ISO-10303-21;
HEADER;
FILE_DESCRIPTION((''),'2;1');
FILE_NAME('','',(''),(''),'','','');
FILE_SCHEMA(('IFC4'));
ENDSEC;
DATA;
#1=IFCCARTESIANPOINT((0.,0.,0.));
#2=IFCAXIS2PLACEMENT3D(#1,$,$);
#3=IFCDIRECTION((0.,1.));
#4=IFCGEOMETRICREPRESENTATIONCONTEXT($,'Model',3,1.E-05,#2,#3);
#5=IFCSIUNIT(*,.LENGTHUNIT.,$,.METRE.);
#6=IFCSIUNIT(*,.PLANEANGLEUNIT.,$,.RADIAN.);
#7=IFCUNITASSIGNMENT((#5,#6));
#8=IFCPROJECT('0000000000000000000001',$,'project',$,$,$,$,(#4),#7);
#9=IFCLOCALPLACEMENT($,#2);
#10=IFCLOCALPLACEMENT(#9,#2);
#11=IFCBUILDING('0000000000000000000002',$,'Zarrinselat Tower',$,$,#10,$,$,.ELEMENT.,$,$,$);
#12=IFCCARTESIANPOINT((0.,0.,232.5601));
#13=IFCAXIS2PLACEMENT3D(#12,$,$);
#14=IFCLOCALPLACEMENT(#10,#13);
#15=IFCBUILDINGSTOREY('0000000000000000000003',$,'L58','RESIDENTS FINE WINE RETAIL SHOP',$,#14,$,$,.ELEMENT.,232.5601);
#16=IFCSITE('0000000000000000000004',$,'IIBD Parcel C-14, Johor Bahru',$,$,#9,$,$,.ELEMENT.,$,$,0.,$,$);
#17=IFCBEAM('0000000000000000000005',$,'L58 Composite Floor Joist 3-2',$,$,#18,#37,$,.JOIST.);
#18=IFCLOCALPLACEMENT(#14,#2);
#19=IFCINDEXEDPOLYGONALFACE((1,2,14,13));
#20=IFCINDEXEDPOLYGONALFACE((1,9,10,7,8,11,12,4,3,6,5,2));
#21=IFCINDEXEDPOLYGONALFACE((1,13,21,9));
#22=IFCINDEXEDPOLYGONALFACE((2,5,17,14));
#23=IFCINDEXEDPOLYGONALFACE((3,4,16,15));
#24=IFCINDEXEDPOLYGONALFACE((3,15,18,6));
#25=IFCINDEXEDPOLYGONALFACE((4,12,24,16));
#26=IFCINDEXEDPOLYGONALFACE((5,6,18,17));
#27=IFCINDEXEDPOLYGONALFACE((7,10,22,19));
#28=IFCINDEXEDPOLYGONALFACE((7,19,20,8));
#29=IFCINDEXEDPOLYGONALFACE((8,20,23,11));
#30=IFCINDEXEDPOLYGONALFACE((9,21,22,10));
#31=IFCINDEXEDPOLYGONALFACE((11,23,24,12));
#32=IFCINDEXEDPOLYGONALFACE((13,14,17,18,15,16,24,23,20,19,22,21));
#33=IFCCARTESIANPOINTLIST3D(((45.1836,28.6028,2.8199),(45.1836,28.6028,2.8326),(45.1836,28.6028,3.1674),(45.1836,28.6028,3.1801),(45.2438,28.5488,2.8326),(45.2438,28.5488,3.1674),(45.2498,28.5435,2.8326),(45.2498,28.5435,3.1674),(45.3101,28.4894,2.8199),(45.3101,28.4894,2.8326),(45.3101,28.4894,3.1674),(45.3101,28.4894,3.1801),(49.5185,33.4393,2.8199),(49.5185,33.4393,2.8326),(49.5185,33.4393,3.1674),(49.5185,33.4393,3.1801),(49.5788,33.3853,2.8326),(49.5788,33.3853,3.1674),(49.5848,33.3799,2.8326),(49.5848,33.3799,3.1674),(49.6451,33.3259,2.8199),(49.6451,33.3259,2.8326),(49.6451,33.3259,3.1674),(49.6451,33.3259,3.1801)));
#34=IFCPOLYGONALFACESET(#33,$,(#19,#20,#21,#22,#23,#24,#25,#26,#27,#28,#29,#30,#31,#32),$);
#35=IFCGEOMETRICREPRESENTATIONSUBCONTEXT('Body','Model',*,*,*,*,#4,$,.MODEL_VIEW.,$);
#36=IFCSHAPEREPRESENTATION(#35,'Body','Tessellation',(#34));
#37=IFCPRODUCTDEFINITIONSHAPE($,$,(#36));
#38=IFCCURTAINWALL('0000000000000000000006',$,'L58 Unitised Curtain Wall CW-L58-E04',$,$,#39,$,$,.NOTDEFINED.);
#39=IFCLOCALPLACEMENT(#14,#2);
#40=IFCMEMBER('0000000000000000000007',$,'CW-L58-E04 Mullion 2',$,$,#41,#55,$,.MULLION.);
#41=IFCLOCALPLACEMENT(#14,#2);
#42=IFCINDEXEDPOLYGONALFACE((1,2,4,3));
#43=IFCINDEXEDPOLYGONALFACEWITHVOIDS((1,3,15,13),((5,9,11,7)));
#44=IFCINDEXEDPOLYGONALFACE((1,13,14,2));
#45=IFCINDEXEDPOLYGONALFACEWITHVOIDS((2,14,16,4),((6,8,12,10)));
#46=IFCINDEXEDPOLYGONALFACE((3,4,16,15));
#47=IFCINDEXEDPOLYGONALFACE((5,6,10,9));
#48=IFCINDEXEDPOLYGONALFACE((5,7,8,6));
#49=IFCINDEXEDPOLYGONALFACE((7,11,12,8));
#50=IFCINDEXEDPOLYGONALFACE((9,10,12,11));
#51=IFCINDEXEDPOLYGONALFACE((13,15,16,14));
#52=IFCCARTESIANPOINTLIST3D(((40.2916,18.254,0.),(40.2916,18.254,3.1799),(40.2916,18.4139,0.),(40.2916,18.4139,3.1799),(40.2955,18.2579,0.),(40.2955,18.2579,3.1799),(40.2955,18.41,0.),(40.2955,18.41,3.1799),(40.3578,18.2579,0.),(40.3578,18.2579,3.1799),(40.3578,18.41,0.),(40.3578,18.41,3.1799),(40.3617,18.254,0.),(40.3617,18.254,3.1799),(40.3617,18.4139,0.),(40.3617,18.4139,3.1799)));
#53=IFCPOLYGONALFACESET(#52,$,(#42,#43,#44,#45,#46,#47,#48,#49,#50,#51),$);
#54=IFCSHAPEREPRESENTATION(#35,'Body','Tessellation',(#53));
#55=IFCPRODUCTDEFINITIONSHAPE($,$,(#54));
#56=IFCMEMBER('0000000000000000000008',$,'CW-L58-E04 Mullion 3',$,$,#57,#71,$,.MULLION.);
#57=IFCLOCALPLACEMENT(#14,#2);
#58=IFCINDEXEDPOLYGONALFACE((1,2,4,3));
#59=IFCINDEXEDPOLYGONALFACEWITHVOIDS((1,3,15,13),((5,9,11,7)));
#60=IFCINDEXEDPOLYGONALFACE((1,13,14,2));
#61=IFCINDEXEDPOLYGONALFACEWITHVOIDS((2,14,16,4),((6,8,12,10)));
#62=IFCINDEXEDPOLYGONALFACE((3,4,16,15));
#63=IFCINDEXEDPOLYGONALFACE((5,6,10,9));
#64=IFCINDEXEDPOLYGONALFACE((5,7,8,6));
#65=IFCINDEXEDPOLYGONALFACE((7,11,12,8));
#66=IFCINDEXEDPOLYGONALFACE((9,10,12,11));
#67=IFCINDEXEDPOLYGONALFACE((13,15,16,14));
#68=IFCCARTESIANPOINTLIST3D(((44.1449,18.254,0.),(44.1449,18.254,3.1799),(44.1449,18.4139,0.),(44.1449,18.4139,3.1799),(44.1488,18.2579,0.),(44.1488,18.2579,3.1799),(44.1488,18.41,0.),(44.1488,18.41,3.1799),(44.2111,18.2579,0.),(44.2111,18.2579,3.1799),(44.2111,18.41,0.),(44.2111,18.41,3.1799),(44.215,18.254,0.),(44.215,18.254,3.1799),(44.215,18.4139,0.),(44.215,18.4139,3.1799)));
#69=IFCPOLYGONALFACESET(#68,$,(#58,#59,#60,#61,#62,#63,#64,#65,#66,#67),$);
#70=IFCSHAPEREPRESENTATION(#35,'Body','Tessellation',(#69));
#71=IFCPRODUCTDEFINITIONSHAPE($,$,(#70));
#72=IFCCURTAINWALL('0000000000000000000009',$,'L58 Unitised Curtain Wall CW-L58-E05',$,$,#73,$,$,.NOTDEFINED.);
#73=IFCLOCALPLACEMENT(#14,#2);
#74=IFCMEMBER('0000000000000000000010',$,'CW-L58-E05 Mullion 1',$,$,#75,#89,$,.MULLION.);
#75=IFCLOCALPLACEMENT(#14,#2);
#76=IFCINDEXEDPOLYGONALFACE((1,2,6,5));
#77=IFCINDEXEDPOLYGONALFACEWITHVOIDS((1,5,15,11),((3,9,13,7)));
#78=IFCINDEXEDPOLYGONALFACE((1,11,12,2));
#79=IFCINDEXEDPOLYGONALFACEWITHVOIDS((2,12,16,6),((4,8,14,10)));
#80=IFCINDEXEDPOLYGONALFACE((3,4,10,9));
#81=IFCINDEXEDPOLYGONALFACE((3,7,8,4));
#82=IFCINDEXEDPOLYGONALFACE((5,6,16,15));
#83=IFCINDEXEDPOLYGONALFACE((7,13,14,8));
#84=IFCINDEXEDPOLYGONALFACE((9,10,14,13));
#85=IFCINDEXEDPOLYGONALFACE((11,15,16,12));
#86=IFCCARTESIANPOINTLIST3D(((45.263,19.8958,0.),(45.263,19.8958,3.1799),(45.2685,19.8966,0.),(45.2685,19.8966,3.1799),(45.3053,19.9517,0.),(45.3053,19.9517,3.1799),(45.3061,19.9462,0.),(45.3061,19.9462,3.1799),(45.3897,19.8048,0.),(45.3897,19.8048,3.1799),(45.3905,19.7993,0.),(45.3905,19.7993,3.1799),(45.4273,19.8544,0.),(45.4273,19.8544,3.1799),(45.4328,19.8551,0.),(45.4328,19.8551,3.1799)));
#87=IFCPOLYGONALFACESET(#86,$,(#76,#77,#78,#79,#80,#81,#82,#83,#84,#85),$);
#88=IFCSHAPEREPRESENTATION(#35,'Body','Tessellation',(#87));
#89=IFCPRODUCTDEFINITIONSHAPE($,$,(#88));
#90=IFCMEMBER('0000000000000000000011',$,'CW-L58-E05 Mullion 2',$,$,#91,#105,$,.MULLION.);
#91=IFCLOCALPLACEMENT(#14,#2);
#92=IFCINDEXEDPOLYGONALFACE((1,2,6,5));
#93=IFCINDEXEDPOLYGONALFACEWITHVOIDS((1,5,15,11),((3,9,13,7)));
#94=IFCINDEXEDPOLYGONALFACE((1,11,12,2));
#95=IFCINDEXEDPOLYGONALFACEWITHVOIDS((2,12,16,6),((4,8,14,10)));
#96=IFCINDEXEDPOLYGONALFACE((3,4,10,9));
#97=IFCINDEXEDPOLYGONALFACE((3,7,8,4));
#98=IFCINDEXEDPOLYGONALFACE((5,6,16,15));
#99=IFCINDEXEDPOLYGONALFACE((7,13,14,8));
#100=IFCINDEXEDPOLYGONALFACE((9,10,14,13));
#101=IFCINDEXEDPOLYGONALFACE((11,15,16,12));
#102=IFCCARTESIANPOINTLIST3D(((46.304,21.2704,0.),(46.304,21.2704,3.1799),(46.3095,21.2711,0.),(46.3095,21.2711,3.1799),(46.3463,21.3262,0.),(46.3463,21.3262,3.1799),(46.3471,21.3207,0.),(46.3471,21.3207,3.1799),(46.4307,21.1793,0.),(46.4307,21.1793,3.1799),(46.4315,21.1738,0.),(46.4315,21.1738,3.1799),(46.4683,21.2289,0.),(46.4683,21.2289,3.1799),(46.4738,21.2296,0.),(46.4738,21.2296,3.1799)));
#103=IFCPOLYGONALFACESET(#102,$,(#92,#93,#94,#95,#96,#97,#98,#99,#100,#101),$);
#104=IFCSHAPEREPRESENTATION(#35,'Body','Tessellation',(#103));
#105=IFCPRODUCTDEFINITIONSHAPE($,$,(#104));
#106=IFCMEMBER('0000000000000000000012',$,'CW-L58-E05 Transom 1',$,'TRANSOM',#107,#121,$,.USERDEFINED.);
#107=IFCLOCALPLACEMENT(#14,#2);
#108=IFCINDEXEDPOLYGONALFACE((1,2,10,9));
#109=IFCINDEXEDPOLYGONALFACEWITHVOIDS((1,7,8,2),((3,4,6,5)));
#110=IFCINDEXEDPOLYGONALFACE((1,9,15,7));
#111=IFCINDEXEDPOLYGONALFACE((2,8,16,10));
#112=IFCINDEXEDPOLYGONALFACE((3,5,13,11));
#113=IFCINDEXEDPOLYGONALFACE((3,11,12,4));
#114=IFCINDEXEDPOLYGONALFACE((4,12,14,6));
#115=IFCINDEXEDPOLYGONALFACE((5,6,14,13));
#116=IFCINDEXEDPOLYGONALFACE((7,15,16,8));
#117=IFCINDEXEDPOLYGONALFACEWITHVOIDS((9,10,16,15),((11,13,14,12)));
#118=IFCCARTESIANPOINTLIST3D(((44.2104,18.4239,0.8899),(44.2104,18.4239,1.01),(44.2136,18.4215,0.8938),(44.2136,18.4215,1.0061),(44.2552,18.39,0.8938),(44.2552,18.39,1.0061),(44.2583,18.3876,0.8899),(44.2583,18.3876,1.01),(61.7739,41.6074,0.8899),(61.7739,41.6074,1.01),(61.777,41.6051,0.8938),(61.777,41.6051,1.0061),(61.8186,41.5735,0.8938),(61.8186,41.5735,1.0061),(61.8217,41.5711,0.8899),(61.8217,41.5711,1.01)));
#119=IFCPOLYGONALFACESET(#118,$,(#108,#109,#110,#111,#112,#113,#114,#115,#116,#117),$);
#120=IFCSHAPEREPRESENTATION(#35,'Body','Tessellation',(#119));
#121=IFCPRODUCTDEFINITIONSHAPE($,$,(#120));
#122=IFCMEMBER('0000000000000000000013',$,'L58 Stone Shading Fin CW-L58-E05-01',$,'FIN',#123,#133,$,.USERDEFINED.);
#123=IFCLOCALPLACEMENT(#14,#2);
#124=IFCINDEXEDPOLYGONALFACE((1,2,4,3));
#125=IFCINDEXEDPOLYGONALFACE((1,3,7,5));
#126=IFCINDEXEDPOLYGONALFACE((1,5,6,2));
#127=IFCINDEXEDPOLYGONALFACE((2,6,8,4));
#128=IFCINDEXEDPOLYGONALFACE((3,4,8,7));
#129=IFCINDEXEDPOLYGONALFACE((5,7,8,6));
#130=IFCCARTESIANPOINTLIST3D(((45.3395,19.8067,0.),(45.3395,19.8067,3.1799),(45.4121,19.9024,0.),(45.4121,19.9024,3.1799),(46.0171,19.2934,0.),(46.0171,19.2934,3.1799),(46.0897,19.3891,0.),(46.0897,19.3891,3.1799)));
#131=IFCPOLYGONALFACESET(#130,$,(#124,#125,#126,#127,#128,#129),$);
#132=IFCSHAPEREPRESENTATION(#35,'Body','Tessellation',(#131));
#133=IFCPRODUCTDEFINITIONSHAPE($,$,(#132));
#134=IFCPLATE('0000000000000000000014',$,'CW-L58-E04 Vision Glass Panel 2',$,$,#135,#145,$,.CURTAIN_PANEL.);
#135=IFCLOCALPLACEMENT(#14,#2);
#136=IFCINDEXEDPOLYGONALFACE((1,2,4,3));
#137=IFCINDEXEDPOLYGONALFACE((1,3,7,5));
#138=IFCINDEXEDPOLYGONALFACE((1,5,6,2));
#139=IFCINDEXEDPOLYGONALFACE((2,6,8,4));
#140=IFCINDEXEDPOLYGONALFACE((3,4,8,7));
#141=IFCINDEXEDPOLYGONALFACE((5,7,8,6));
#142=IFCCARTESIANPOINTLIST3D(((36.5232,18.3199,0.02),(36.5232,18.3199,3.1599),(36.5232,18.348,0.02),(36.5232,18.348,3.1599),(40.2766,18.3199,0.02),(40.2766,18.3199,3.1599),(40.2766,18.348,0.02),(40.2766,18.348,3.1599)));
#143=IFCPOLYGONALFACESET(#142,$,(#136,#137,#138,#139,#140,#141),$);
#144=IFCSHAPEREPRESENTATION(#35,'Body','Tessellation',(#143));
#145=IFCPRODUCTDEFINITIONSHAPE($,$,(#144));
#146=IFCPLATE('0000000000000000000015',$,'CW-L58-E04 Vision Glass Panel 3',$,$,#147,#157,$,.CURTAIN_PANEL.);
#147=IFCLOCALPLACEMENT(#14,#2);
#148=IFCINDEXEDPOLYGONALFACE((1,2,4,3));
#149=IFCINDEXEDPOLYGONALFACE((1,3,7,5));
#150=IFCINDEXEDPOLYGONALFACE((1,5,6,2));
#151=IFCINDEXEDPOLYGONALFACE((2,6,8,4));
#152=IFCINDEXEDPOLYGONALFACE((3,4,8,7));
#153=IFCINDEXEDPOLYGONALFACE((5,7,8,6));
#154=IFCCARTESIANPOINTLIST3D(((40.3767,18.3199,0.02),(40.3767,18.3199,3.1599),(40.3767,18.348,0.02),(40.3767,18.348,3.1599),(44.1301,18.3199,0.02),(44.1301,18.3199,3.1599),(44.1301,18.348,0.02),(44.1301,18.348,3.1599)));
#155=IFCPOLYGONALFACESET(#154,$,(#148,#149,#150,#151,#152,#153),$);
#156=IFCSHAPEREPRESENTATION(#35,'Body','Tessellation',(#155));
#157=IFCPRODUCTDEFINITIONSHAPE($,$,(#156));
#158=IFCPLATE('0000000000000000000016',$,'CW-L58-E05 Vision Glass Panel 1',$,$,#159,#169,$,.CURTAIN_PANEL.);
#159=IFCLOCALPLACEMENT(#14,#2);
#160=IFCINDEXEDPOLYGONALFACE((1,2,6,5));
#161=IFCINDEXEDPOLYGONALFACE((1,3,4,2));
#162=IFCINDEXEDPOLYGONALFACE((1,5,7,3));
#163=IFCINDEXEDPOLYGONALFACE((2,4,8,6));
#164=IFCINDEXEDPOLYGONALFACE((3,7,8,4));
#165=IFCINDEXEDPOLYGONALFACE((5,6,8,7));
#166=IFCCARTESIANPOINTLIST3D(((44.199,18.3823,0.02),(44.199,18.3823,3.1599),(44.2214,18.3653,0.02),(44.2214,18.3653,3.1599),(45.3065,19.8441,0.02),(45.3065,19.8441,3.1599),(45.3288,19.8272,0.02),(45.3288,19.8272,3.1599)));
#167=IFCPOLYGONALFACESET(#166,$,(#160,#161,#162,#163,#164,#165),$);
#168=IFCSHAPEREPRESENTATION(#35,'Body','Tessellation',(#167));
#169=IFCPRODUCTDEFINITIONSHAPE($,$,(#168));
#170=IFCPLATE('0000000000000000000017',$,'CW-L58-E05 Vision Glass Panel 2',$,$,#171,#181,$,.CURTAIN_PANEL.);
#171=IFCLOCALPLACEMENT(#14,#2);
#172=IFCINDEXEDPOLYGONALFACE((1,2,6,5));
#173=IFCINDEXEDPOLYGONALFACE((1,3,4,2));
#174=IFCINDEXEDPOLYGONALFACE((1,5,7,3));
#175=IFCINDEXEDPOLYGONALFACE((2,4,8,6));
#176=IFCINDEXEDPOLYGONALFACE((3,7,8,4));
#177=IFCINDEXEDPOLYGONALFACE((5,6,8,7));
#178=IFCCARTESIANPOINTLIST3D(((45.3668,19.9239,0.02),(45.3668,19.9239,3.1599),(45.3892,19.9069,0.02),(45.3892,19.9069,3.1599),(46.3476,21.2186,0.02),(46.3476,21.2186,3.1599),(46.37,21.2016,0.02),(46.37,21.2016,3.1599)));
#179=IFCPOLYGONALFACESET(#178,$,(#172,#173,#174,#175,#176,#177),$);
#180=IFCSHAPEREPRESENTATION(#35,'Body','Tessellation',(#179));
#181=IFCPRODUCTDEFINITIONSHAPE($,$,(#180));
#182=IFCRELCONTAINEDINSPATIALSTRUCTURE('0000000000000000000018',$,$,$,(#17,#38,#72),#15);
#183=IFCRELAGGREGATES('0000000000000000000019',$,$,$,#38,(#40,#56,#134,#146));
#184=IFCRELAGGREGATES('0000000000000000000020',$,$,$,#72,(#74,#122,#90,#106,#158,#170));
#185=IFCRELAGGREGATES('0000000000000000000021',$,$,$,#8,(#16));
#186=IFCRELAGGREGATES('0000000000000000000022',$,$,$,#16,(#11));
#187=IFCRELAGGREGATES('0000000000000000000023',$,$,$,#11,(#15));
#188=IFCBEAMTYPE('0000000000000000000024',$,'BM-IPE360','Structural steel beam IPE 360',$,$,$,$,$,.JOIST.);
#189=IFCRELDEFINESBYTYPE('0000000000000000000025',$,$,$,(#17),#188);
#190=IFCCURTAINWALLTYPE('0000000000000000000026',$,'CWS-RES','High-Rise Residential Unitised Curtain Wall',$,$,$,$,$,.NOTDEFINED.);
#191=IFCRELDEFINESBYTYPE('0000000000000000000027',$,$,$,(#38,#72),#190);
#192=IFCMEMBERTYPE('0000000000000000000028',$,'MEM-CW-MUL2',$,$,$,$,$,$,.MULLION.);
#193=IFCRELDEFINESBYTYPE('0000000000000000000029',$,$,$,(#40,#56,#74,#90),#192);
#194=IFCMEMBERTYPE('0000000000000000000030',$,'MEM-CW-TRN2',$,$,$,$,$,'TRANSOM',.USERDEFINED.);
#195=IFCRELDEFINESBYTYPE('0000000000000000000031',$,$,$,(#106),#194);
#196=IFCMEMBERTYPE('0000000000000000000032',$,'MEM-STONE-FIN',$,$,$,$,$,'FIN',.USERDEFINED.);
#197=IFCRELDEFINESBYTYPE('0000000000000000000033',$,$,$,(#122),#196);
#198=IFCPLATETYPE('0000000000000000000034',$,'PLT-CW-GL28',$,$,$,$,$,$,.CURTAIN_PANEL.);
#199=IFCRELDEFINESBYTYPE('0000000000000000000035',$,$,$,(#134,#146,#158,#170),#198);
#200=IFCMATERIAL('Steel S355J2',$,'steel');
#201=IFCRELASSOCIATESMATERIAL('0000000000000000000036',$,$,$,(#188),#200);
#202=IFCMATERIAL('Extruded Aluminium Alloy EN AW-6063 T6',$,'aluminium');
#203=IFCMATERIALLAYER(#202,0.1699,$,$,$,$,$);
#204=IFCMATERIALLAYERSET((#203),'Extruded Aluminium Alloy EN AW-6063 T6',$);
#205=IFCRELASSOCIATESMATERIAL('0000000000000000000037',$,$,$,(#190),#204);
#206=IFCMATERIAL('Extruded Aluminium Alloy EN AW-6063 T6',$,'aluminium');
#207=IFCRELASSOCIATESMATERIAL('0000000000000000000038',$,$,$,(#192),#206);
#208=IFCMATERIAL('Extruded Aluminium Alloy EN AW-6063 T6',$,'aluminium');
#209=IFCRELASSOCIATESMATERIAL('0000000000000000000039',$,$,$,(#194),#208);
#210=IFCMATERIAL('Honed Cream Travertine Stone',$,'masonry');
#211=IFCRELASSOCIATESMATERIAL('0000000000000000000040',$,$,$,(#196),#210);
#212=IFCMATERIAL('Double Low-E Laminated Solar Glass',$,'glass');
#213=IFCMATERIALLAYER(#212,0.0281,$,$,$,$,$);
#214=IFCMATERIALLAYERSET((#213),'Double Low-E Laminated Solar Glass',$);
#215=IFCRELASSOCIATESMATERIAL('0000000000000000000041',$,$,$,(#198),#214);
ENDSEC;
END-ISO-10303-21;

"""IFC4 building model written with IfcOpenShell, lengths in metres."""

from ifc_helpers import new_model, si_unit, direction, frame, origin, origin_2d, place, context, subcontext, project, spatial, rectangle, hollow_rectangle, i_section, extrude, material, layer, layer_set, material_profile, profile_set, type_object, element, aggregate, save


model = new_model("IFC4")

# Units and contexts
model_context = context("Model", 3, precision=1e-05, world=origin(), true_north=direction((0.0, 1.0)))
body_context = subcontext(model_context, "Body", "Model", "MODEL_VIEW")
ifc_project = project(units=[si_unit("LENGTHUNIT", "METRE"), si_unit("PLANEANGLEUNIT", "RADIAN")], contexts=[model_context])

# Site, building, storey
site_placement = place(None, origin())
site = spatial("IfcSite", under=ifc_project, at=site_placement, Name="IIBD Parcel C-14, Johor Bahru", CompositionType="ELEMENT", RefElevation=0.0)
building_placement = place(site_placement, origin())
building = spatial("IfcBuilding", under=site, at=building_placement, Name="Zarrinselat Tower", CompositionType="ELEMENT")
storey_placement = place(building_placement, frame((0.0, 0.0, 232.5601)))
storey = spatial("IfcBuildingStorey", under=building, at=storey_placement, Name="L58", Description="RESIDENTS FINE WINE RETAIL SHOP", CompositionType="ELEMENT", Elevation=232.5601)

# Beam
ifc_material_1 = material(Name="Steel S355J2", Category="steel")
ifc_material_profile_1 = material_profile(ifc_material_1, i_section(OverallWidth=0.1699, OverallDepth=0.3601, WebThickness=0.0081, FlangeThickness=0.0127, at=origin_2d()), Name="IPE 360")
ifc_profile_set_1 = profile_set([ifc_material_profile_1], Name="Steel S355J2")
beam_type_1 = type_object("IfcBeamType", Name="BM-IPE360", Description="Structural steel beam IPE 360", PredefinedType="JOIST", material=ifc_profile_set_1)
beam_1_placement = place(storey_placement, frame((45.2468, 28.5461, 3.0), z_axis=(0.667447, 0.744657, 0.0), x_axis=(-0.744657, 0.667447, 0.0)))
element("IfcBeam", 1, at=beam_1_placement, inside=storey, type_object=beam_type_1, Name="L58 Composite Floor Joist 3-2", PredefinedType="JOIST", context=body_context, shape_type="SweptSolid", body=[
    extrude(i_section(OverallWidth=0.1699, OverallDepth=0.3601, WebThickness=0.0081, FlangeThickness=0.0127, at=origin_2d()), origin(), (0.0, 0.0, 1.0), 6.4949),
])

# Curtain walls, members
ifc_material_2 = material(Name="Extruded Aluminium Alloy EN AW-6063 T6", Category="aluminium")
ifc_layer_1 = layer(ifc_material_2, 0.1699)
ifc_layer_set_1 = layer_set([ifc_layer_1], Name="Extruded Aluminium Alloy EN AW-6063 T6")
curtain_wall_type = type_object("IfcCurtainWallType", Name="CWS-RES", Description="High-Rise Residential Unitised Curtain Wall", PredefinedType="NOTDEFINED", material=ifc_layer_set_1)
curtain_wall_1_placement = place(storey_placement, origin())
curtain_wall_1 = element("IfcCurtainWall", 2, at=curtain_wall_1_placement, inside=storey, type_object=curtain_wall_type, Name="L58 Unitised Curtain Wall CW-L58-E04", PredefinedType="NOTDEFINED")
ifc_material_3 = material(Name="Extruded Aluminium Alloy EN AW-6063 T6", Category="aluminium")
ifc_material_profile_2 = material_profile(ifc_material_3, hollow_rectangle(XDim=0.0701, YDim=0.1599, WallThickness=0.0039, at=origin_2d()), Name="RHS 160x70x4")
ifc_profile_set_2 = profile_set([ifc_material_profile_2], Name="Extruded Aluminium Alloy EN AW-6063 T6")
member_type_1 = type_object("IfcMemberType", Name="MEM-CW-MUL2", PredefinedType="MULLION", material=ifc_profile_set_2)
member_1_placement = place(storey_placement, frame((40.3267, 18.334, 0.0), z_axis=(0.0, 0.0, 1.0), x_axis=(1.0, 0.0, 0.0)))
member_1 = element("IfcMember", 3, at=member_1_placement, type_object=member_type_1, Name="CW-L58-E04 Mullion 2", PredefinedType="MULLION", context=body_context, shape_type="SweptSolid", body=[
    extrude(hollow_rectangle(XDim=0.0701, YDim=0.1599, WallThickness=0.0039, at=origin_2d()), origin(), (0.0, 0.0, 1.0), 3.1799),
])
member_2_placement = place(storey_placement, frame((44.1799, 18.334, 0.0), z_axis=(0.0, 0.0, 1.0), x_axis=(1.0, 0.0, 0.0)))
member_2 = element("IfcMember", 4, at=member_2_placement, type_object=member_type_1, Name="CW-L58-E04 Mullion 3", PredefinedType="MULLION", context=body_context, shape_type="SweptSolid", body=[
    extrude(hollow_rectangle(XDim=0.0701, YDim=0.1599, WallThickness=0.0039, at=origin_2d()), origin(), (0.0, 0.0, 1.0), 3.1799),
])
curtain_wall_2_placement = place(storey_placement, origin())
curtain_wall_2 = element("IfcCurtainWall", 5, at=curtain_wall_2_placement, inside=storey, type_object=curtain_wall_type, Name="L58 Unitised Curtain Wall CW-L58-E05", PredefinedType="NOTDEFINED")
member_3_placement = place(storey_placement, frame((45.3479, 19.8755, 0.0), z_axis=(0.0, 0.0, 1.0), x_axis=(0.603859, 0.797091, 0.0)))
member_3 = element("IfcMember", 6, at=member_3_placement, type_object=member_type_1, Name="CW-L58-E05 Mullion 1", PredefinedType="MULLION", context=body_context, shape_type="SweptSolid", body=[
    extrude(hollow_rectangle(XDim=0.0701, YDim=0.1599, WallThickness=0.0039, at=origin_2d()), origin(), (0.0, 0.0, 1.0), 3.1799),
])
member_4_placement = place(storey_placement, frame((46.3889, 21.25, 0.0), z_axis=(0.0, 0.0, 1.0), x_axis=(0.603859, 0.797091, 0.0)))
member_4 = element("IfcMember", 7, at=member_4_placement, type_object=member_type_1, Name="CW-L58-E05 Mullion 2", PredefinedType="MULLION", context=body_context, shape_type="SweptSolid", body=[
    extrude(hollow_rectangle(XDim=0.0701, YDim=0.1599, WallThickness=0.0039, at=origin_2d()), origin(), (0.0, 0.0, 1.0), 3.1799),
])
ifc_material_4 = material(Name="Extruded Aluminium Alloy EN AW-6063 T6", Category="aluminium")
ifc_material_profile_3 = material_profile(ifc_material_4, hollow_rectangle(XDim=0.0601, YDim=0.1201, WallThickness=0.0039, at=origin_2d()), Name="RHS 120x60x4")
ifc_profile_set_3 = profile_set([ifc_material_profile_3], Name="Extruded Aluminium Alloy EN AW-6063 T6")
member_type_2 = type_object("IfcMemberType", Name="MEM-CW-TRN2", ElementType="TRANSOM", PredefinedType="USERDEFINED", material=ifc_profile_set_3)
member_5_placement = place(storey_placement, frame((44.2344, 18.4058, 0.95), z_axis=(0.603861, 0.79709, 0.0), x_axis=(-0.79709, 0.603861, 0.0)))
member_5 = element("IfcMember", 8, at=member_5_placement, type_object=member_type_2, Name="CW-L58-E05 Transom 1", ObjectType="TRANSOM", PredefinedType="USERDEFINED", context=body_context, shape_type="SweptSolid", body=[
    extrude(hollow_rectangle(XDim=0.0601, YDim=0.1201, WallThickness=0.0039, at=origin_2d()), origin(), (0.0, 0.0, 1.0), 29.0852),
])
ifc_material_5 = material(Name="Honed Cream Travertine Stone", Category="masonry")
ifc_material_profile_4 = material_profile(ifc_material_5, rectangle(XDim=0.1201, YDim=0.8501, at=origin_2d()), Name="FIN 850x120")
ifc_profile_set_4 = profile_set([ifc_material_profile_4], Name="Honed Cream Travertine Stone")
member_type_3 = type_object("IfcMemberType", Name="MEM-STONE-FIN", ElementType="FIN", PredefinedType="USERDEFINED", material=ifc_profile_set_4)
member_6_placement = place(storey_placement, frame((45.7146, 19.5979, 0.0), z_axis=(0.0, 0.0, 1.0), x_axis=(-0.603859, -0.797091, 0.0)))
member_6 = element("IfcMember", 9, at=member_6_placement, type_object=member_type_3, Name="L58 Stone Shading Fin CW-L58-E05-01", ObjectType="FIN", PredefinedType="USERDEFINED", context=body_context, shape_type="SweptSolid", body=[
    extrude(rectangle(XDim=0.1201, YDim=0.8501, at=origin_2d()), origin(), (0.0, 0.0, 1.0), 3.1799),
])

# Plates
ifc_material_6 = material(Name="Double Low-E Laminated Solar Glass", Category="glass")
ifc_layer_2 = layer(ifc_material_6, 0.0281)
ifc_layer_set_2 = layer_set([ifc_layer_2], Name="Double Low-E Laminated Solar Glass")
plate_type = type_object("IfcPlateType", Name="PLT-CW-GL28", PredefinedType="CURTAIN_PANEL", material=ifc_layer_set_2)
plate_1_placement = place(storey_placement, frame((38.3999, 18.334, 0.02), z_axis=(0.0, 0.0, 1.0), x_axis=(1.0, 0.0, 0.0)))
plate_1 = element("IfcPlate", 10, at=plate_1_placement, type_object=plate_type, Name="CW-L58-E04 Vision Glass Panel 2", PredefinedType="CURTAIN_PANEL", context=body_context, shape_type="SweptSolid", body=[
    extrude(rectangle(XDim=3.7534, YDim=0.0281, at=origin_2d()), origin(), (0.0, 0.0, 1.0), 3.1399),
])
plate_2_placement = place(storey_placement, frame((42.2534, 18.334, 0.02), z_axis=(0.0, 0.0, 1.0), x_axis=(1.0, 0.0, 0.0)))
plate_2 = element("IfcPlate", 11, at=plate_2_placement, type_object=plate_type, Name="CW-L58-E04 Vision Glass Panel 3", PredefinedType="CURTAIN_PANEL", context=body_context, shape_type="SweptSolid", body=[
    extrude(rectangle(XDim=3.7534, YDim=0.0281, at=origin_2d()), origin(), (0.0, 0.0, 1.0), 3.1399),
])
aggregate(curtain_wall_1, [member_1, member_2, plate_1, plate_2])
plate_3_placement = place(storey_placement, frame((44.7639, 19.1047, 0.02), z_axis=(0.0, 0.0, 1.0), x_axis=(0.603859, 0.797091, 0.0)))
plate_3 = element("IfcPlate", 12, at=plate_3_placement, type_object=plate_type, Name="CW-L58-E05 Vision Glass Panel 1", PredefinedType="CURTAIN_PANEL", context=body_context, shape_type="SweptSolid", body=[
    extrude(rectangle(XDim=1.834, YDim=0.0281, at=origin_2d()), origin(), (0.0, 0.0, 1.0), 3.1399),
])
plate_4_placement = place(storey_placement, frame((45.8684, 20.5627, 0.02), z_axis=(0.0, 0.0, 1.0), x_axis=(0.603859, 0.797091, 0.0)))
plate_4 = element("IfcPlate", 13, at=plate_4_placement, type_object=plate_type, Name="CW-L58-E05 Vision Glass Panel 2", PredefinedType="CURTAIN_PANEL", context=body_context, shape_type="SweptSolid", body=[
    extrude(rectangle(XDim=1.6243, YDim=0.0281, at=origin_2d()), origin(), (0.0, 0.0, 1.0), 3.1399),
])
aggregate(curtain_wall_2, [member_3, member_6, member_4, member_5, plate_3, plate_4])

save(model, "model.ifc")
